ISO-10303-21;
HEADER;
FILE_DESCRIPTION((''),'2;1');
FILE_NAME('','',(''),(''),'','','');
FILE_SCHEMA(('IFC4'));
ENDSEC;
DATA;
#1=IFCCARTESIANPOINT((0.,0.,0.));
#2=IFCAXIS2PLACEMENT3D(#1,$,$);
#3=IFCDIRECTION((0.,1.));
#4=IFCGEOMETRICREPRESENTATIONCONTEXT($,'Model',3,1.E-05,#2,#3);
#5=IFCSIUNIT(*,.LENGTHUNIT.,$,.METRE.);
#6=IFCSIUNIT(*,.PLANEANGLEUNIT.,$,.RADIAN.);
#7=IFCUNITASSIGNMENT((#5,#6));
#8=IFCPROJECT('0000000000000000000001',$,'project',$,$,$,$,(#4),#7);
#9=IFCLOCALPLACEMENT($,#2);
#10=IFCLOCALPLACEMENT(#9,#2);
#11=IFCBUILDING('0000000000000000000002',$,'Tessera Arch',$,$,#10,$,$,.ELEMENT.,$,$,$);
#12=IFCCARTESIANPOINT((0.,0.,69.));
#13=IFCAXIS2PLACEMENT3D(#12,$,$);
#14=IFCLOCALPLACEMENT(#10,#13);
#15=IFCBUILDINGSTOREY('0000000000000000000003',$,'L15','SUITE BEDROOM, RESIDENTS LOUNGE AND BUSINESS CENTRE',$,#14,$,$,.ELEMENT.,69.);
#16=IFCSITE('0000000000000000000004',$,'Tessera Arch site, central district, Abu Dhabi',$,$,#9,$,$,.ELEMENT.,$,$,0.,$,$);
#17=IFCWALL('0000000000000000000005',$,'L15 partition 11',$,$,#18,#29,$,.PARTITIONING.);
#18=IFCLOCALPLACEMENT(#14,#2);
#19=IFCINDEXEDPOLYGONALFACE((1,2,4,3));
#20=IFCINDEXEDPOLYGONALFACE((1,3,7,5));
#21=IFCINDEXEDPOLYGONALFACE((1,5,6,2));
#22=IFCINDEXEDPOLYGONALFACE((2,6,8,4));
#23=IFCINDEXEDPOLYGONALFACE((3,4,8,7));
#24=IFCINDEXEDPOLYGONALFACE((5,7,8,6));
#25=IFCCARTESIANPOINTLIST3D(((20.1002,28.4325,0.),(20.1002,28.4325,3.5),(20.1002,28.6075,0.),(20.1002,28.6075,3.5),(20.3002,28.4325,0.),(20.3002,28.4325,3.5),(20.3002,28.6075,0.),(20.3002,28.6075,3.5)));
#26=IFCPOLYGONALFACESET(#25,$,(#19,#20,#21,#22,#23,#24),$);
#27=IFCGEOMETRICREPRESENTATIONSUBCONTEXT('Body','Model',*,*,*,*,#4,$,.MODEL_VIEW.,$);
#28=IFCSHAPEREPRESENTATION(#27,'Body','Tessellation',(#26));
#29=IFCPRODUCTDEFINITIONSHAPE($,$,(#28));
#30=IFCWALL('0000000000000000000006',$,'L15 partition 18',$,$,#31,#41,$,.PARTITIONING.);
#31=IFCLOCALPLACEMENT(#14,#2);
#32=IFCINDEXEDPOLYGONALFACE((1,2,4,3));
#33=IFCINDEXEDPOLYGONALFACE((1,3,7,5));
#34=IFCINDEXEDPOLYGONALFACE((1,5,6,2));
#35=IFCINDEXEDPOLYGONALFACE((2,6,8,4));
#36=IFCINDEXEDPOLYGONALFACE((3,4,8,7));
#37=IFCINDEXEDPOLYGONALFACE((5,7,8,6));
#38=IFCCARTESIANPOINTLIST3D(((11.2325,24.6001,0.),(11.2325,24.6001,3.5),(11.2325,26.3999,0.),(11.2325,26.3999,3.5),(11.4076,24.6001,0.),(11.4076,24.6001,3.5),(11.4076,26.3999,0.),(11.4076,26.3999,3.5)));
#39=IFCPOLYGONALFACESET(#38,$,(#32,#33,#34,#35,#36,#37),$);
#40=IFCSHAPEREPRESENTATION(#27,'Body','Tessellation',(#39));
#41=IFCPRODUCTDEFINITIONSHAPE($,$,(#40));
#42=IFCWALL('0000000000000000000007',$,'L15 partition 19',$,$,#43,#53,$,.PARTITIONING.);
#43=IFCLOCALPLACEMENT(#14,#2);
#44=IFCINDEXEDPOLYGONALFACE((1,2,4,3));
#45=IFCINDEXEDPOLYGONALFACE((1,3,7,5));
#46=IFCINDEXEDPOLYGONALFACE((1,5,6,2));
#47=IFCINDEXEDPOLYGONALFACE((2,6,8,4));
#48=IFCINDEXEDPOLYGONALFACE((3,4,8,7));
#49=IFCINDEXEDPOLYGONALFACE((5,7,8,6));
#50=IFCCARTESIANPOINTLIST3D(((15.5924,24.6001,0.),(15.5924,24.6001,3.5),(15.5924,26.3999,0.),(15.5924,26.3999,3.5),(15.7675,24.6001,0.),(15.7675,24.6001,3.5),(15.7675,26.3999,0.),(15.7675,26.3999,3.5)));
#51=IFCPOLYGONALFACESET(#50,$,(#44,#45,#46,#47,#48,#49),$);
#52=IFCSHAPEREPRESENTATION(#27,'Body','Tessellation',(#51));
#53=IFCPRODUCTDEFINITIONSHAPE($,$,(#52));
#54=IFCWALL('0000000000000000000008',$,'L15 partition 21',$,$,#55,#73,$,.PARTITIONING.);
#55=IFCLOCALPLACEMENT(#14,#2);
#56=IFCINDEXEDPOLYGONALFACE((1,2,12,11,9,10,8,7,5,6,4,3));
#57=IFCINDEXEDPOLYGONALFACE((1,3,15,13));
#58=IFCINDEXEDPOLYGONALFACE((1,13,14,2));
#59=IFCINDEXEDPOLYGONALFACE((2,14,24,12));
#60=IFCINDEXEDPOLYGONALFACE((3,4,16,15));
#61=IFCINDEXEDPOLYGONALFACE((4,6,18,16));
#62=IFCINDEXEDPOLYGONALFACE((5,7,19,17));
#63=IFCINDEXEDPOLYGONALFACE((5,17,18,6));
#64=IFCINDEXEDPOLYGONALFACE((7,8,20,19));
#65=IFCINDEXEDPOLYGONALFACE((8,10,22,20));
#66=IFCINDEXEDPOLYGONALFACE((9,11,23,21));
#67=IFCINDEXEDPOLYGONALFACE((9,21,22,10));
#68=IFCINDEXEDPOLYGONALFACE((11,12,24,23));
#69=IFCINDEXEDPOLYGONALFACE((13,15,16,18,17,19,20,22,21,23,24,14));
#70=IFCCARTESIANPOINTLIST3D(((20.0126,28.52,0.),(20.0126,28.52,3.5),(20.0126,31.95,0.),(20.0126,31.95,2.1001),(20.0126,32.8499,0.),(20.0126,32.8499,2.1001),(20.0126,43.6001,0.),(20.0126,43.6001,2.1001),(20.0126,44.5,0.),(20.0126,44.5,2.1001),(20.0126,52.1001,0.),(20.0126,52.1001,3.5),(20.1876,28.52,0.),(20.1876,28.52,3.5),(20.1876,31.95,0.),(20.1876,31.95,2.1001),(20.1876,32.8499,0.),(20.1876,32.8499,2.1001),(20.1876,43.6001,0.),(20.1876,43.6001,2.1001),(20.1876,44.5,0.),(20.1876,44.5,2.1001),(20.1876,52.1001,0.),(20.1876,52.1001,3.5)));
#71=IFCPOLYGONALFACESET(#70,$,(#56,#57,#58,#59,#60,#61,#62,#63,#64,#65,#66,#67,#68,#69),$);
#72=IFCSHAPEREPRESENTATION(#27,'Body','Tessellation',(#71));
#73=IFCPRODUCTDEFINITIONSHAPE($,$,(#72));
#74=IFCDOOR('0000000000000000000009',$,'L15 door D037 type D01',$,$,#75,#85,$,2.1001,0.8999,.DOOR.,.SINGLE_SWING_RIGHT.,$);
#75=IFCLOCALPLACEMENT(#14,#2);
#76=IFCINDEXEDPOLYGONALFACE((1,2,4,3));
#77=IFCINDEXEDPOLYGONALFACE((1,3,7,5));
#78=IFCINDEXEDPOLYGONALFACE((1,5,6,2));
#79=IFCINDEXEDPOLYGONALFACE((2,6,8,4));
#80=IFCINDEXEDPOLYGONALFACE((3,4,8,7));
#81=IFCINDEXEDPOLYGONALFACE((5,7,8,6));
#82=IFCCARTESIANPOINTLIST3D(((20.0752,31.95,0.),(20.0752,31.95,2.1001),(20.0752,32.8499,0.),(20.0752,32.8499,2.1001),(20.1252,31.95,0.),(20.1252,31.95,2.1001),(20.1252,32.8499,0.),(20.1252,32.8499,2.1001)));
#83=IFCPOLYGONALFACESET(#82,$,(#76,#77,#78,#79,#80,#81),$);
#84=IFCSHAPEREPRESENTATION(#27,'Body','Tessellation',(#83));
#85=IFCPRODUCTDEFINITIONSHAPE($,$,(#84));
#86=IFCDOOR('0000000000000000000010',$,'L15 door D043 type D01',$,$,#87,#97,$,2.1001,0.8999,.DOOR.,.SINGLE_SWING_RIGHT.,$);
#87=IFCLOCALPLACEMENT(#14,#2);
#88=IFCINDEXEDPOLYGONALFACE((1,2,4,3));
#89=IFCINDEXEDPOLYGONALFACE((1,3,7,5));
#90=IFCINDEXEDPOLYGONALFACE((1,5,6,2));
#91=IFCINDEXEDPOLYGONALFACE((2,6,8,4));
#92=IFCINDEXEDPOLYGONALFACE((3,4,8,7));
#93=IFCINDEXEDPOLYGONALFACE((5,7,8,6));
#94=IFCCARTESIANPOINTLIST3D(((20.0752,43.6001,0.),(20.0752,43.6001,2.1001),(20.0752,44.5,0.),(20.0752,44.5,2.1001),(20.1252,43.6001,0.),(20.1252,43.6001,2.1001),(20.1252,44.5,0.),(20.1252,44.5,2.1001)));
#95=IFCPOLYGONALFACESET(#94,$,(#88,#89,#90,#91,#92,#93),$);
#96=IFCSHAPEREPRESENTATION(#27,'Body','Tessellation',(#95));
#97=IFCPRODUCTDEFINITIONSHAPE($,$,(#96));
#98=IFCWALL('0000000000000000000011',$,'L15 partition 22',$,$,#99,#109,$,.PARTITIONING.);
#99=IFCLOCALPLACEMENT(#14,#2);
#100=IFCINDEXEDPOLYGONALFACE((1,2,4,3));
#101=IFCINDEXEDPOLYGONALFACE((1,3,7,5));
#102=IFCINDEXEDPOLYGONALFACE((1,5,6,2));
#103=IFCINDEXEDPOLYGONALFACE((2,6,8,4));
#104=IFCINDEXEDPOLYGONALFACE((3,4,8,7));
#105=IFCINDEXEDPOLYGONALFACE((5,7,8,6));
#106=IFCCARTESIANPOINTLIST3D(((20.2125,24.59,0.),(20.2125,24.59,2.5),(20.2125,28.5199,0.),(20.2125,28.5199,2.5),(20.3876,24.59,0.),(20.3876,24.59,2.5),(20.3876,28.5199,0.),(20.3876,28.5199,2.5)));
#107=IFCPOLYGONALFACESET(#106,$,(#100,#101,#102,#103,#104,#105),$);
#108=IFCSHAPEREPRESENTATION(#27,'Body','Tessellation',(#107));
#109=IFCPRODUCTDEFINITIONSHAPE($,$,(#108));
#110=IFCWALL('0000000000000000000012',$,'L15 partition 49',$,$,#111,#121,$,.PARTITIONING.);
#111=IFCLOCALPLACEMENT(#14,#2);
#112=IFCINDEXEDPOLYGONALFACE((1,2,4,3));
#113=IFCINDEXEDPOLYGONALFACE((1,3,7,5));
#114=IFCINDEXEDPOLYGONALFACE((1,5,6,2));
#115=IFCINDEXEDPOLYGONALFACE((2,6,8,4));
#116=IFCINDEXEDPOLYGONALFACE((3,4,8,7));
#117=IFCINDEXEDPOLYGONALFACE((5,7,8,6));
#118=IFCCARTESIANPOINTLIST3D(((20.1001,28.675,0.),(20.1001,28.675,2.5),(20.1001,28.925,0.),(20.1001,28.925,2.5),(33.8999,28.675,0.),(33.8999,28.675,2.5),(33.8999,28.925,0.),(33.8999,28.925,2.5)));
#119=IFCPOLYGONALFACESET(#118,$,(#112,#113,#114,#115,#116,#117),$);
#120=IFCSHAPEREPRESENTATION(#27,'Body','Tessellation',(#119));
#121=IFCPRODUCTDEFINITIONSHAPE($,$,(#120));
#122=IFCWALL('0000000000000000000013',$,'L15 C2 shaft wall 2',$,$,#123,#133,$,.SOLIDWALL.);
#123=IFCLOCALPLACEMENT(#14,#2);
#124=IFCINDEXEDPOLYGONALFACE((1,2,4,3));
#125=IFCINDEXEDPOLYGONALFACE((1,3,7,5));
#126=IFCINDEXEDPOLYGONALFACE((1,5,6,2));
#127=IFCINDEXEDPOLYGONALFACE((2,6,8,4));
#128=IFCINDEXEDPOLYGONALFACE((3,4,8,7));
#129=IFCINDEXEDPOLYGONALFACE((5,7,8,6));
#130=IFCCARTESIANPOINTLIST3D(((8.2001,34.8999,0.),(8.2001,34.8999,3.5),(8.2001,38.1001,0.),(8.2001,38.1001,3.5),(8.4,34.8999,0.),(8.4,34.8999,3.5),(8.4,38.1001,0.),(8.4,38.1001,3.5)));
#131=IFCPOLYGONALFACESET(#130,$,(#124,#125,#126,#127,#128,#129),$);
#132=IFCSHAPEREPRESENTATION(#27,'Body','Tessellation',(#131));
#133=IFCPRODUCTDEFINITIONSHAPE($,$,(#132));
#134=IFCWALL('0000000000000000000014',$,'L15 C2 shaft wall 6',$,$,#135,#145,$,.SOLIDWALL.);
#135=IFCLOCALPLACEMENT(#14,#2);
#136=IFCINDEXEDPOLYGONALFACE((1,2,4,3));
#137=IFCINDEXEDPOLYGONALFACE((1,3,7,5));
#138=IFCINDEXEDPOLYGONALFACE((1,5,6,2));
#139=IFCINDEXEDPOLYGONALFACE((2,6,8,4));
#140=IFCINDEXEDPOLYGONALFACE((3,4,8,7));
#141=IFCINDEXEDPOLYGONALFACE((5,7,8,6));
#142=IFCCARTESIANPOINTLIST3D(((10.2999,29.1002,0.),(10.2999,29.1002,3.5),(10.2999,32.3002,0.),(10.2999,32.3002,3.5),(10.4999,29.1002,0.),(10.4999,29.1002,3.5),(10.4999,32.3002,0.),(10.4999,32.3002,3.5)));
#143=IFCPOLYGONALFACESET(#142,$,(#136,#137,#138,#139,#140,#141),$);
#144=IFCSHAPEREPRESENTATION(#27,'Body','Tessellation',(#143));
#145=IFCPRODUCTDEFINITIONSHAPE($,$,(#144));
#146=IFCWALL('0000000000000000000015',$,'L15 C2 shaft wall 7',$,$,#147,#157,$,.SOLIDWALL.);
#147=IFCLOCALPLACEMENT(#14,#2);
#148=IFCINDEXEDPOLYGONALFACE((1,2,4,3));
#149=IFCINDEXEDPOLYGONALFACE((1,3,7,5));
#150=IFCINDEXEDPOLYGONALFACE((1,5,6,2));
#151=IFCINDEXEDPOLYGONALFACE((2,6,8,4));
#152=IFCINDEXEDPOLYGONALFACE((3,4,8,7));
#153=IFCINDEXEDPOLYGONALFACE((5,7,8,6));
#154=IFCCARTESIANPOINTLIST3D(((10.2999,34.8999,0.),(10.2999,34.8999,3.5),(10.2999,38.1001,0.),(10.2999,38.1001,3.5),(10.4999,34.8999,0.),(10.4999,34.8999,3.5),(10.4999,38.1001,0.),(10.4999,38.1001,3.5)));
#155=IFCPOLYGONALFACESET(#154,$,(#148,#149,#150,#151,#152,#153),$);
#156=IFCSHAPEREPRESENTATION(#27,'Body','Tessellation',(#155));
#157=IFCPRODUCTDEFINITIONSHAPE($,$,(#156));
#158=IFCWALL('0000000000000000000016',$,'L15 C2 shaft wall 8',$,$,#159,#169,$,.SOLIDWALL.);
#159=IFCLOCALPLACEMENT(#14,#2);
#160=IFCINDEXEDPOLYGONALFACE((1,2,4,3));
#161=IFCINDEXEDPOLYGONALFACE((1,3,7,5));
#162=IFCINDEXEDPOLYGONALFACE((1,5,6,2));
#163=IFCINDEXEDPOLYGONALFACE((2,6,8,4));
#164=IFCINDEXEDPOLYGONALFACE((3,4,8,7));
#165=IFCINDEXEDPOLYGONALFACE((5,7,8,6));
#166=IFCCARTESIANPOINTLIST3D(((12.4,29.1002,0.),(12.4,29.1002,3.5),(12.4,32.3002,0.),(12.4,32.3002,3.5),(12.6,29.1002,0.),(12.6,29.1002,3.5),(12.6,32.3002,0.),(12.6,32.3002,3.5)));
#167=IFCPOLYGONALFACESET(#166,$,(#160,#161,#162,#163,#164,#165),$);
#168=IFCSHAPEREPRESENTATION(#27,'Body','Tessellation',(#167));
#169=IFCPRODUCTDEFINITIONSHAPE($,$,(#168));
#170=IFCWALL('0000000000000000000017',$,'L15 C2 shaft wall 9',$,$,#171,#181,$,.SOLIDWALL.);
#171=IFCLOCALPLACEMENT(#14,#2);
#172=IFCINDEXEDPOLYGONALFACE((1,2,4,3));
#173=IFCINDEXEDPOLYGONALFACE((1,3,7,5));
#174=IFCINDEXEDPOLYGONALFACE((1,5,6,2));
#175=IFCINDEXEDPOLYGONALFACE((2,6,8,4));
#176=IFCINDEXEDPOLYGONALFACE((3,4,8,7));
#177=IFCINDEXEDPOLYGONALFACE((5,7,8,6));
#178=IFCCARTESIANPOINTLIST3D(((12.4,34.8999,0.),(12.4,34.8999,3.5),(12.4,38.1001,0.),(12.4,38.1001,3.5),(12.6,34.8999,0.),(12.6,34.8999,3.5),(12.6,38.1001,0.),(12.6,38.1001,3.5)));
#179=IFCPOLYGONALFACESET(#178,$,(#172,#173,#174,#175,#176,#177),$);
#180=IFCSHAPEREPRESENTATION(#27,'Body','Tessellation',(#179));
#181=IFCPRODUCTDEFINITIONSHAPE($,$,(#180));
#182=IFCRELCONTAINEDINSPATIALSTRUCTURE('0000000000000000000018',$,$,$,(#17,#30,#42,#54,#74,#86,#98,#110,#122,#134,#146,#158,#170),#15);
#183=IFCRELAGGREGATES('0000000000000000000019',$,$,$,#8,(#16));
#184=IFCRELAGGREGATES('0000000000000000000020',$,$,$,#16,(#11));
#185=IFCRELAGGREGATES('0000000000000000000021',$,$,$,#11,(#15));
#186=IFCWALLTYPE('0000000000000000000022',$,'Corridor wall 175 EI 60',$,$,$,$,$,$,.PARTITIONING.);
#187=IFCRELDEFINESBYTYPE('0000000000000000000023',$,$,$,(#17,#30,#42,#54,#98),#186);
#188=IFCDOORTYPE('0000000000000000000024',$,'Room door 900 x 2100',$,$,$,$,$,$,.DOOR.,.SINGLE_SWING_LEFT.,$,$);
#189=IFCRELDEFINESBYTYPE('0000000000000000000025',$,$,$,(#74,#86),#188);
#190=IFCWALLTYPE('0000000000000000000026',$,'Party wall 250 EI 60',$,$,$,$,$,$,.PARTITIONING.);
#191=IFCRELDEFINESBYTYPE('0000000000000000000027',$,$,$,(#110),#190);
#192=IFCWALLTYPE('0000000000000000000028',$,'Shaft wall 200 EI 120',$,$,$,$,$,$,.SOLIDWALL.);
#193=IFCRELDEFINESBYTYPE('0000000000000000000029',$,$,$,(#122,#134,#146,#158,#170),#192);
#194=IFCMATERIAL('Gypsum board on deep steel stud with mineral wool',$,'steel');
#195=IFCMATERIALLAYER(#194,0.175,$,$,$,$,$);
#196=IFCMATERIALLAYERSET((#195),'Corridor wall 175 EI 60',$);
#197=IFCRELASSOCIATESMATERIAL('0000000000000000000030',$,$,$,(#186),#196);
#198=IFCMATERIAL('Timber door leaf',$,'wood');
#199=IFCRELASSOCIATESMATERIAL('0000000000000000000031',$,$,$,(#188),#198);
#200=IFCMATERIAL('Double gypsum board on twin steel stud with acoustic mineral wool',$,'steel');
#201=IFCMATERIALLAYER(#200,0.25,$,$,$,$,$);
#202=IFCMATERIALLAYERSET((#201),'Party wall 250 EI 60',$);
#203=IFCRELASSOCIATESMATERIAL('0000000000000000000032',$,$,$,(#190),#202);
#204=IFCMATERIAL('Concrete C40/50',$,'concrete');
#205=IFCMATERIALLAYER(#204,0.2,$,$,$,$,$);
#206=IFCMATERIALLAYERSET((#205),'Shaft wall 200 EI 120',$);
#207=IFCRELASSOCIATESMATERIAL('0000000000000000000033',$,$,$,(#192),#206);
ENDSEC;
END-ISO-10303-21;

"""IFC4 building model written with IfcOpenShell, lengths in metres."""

from ifc_helpers import new_model, si_unit, direction, frame, frame_2d, origin, place, context, subcontext, project, spatial, rectangle, extrude, material, layer, layer_set, type_object, element, fill, save


model = new_model("IFC4")

# Units and contexts
model_context = context("Model", 3, precision=1e-05, world=origin(), true_north=direction((0.0, 1.0)))
body_context = subcontext(model_context, "Body", "Model", "MODEL_VIEW")
ifc_project = project(units=[si_unit("LENGTHUNIT", "METRE"), si_unit("PLANEANGLEUNIT", "RADIAN")], contexts=[model_context])

# Site, building, storey
site_placement = place(None, origin())
site = spatial("IfcSite", under=ifc_project, at=site_placement, Name="Tessera Arch site, central district, Abu Dhabi", CompositionType="ELEMENT", RefElevation=0.0)
building_placement = place(site_placement, origin())
building = spatial("IfcBuilding", under=site, at=building_placement, Name="Tessera Arch", CompositionType="ELEMENT")
storey_placement = place(building_placement, frame((0.0, 0.0, 69.0)))
storey = spatial("IfcBuildingStorey", under=building, at=storey_placement, Name="L15", Description="SUITE BEDROOM, RESIDENTS LOUNGE AND BUSINESS CENTRE", CompositionType="ELEMENT", Elevation=69.0)

# Shared definitions
ifc_material_1 = material(Name="Gypsum board on deep steel stud with mineral wool", Category="steel")
ifc_layer_1 = layer(ifc_material_1, 0.175)
ifc_layer_set_1 = layer_set([ifc_layer_1], Name="Corridor wall 175 EI 60")
wall_type_1 = type_object("IfcWallType", Name="Corridor wall 175 EI 60", PredefinedType="PARTITIONING", material=ifc_layer_set_1)

# Walls
wall_1_placement = place(storey_placement, frame((20.1001, 28.52, 0.0), z_axis=(0.0, 0.0, 1.0), x_axis=(1.0, 0.0, 0.0)))
element("IfcWall", 1, at=wall_1_placement, inside=storey, type_object=wall_type_1, Name="L15 partition 11", PredefinedType="PARTITIONING", context=body_context, shape_type="SweptSolid", body=[
    extrude(rectangle(XDim=0.2, YDim=0.175, at=frame_2d((0.1001, 0.0))), origin(), (0.0, 0.0, 1.0), 3.5),
])
for number, where, z_axis, x_axis, name in (
    (2, (11.3201, 24.6001, 0.0), (0.0, 0.0, 1.0), (0.0, 1.0, 0.0), "L15 partition 18"),
    (3, (15.6799, 24.6001, 0.0), (0.0, 0.0, 1.0), (0.0, 1.0, 0.0), "L15 partition 19"),
):
    element("IfcWall", number, at=place(storey_placement, frame(where, z_axis=z_axis, x_axis=x_axis)), inside=storey, type_object=wall_type_1, Name=name, PredefinedType="PARTITIONING", context=body_context, shape_type="SweptSolid", body=[
        extrude(rectangle(XDim=1.7998, YDim=0.175, at=frame_2d((0.8999, 0.0))), origin(), (0.0, 0.0, 1.0), 3.5),
    ])

# Wall, openings, doors
wall_2_placement = place(storey_placement, frame((20.1001, 28.52, 0.0), z_axis=(0.0, 0.0, 1.0), x_axis=(0.0, 1.0, 0.0)))
wall_2 = element("IfcWall", 4, at=wall_2_placement, inside=storey, type_object=wall_type_1, Name="L15 partition 21", PredefinedType="PARTITIONING", context=body_context, shape_type="SweptSolid", body=[
    extrude(rectangle(XDim=23.5801, YDim=0.175, at=frame_2d((11.79, 0.0))), origin(), (0.0, 0.0, 1.0), 3.5),
])
opening_1_placement = place(wall_2_placement, frame((3.4299, 0.0, 0.0)))
opening_1 = element("IfcOpeningElement", 5, at=opening_1_placement, cuts=wall_2, PredefinedType="OPENING", context=body_context, shape_type="SweptSolid", body=[
    extrude(rectangle(XDim=0.8999, YDim=2.1001, at=frame_2d((0.45, 1.05))), frame((0.0, 0.0974, 0.0), z_axis=(0.0, -1.0, 0.0), x_axis=(1.0, 0.0, 0.0)), (0.0, 0.0, 1.0), 0.1951),
])
opening_2_placement = place(wall_2_placement, frame((15.0801, 0.0, 0.0)))
opening_2 = element("IfcOpeningElement", 6, at=opening_2_placement, cuts=wall_2, PredefinedType="OPENING", context=body_context, shape_type="SweptSolid", body=[
    extrude(rectangle(XDim=0.8999, YDim=2.1001, at=frame_2d((0.45, 1.05))), frame((0.0, 0.0974, 0.0), z_axis=(0.0, -1.0, 0.0), x_axis=(1.0, 0.0, 0.0)), (0.0, 0.0, 1.0), 0.1951),
])
ifc_material_2 = material(Name="Timber door leaf", Category="wood")
door_type_1 = type_object("IfcDoorType", Name="Room door 900 x 2100", OperationType="SINGLE_SWING_LEFT", PredefinedType="DOOR", material=ifc_material_2)
door_1_placement = place(opening_1_placement, origin())
door_1 = element("IfcDoor", 7, at=door_1_placement, inside=storey, type_object=door_type_1, Name="L15 door D037 type D01", OperationType="SINGLE_SWING_RIGHT", OverallHeight=2.1001, OverallWidth=0.8999, PredefinedType="DOOR", context=body_context, shape_type="SweptSolid", body=[
    extrude(rectangle(XDim=0.8999, YDim=2.1001, at=frame_2d((0.45, 1.05))), frame((0.0, 0.0249, 0.0), z_axis=(0.0, -1.0, 0.0), x_axis=(1.0, 0.0, 0.0)), (0.0, 0.0, 1.0), 0.05),
])
fill(opening_1, door_1)
door_2_placement = place(opening_2_placement, origin())
door_2 = element("IfcDoor", 8, at=door_2_placement, inside=storey, type_object=door_type_1, Name="L15 door D043 type D01", OperationType="SINGLE_SWING_RIGHT", OverallHeight=2.1001, OverallWidth=0.8999, PredefinedType="DOOR", context=body_context, shape_type="SweptSolid", body=[
    extrude(rectangle(XDim=0.8999, YDim=2.1001, at=frame_2d((0.45, 1.05))), frame((0.0, 0.0249, 0.0), z_axis=(0.0, -1.0, 0.0), x_axis=(1.0, 0.0, 0.0)), (0.0, 0.0, 1.0), 0.05),
])
fill(opening_2, door_2)

# Walls
wall_3_placement = place(storey_placement, frame((20.3, 24.5901, 0.0), z_axis=(0.0, 0.0, 1.0), x_axis=(0.0, 1.0, 0.0)))
element("IfcWall", 9, at=wall_3_placement, inside=storey, type_object=wall_type_1, Name="L15 partition 22", PredefinedType="PARTITIONING", context=body_context, shape_type="SweptSolid", body=[
    extrude(rectangle(XDim=3.9299, YDim=0.175, at=frame_2d((1.9648, 0.0))), origin(), (0.0, 0.0, 1.0), 2.5),
])
ifc_material_3 = material(Name="Double gypsum board on twin steel stud with acoustic mineral wool", Category="steel")
ifc_layer_2 = layer(ifc_material_3, 0.25)
ifc_layer_set_2 = layer_set([ifc_layer_2], Name="Party wall 250 EI 60")
wall_type_2 = type_object("IfcWallType", Name="Party wall 250 EI 60", PredefinedType="PARTITIONING", material=ifc_layer_set_2)
wall_4_placement = place(storey_placement, frame((20.1001, 28.8, 0.0), z_axis=(0.0, 0.0, 1.0), x_axis=(1.0, 0.0, 0.0)))
element("IfcWall", 10, at=wall_4_placement, inside=storey, type_object=wall_type_2, Name="L15 partition 49", PredefinedType="PARTITIONING", context=body_context, shape_type="SweptSolid", body=[
    extrude(rectangle(XDim=13.7998, YDim=0.25, at=frame_2d((6.8999, 0.0))), origin(), (0.0, 0.0, 1.0), 2.5),
])
ifc_material_4 = material(Name="Concrete C40/50", Category="concrete")
ifc_layer_3 = layer(ifc_material_4, 0.2)
ifc_layer_set_3 = layer_set([ifc_layer_3], Name="Shaft wall 200 EI 120")
wall_type_3 = type_object("IfcWallType", Name="Shaft wall 200 EI 120", PredefinedType="SOLIDWALL", material=ifc_layer_set_3)
wall_5_placement = place(storey_placement, frame((8.3, 34.8999, 0.0), z_axis=(0.0, 0.0, 1.0), x_axis=(0.0, 1.0, 0.0)))
element("IfcWall", 11, at=wall_5_placement, inside=storey, type_object=wall_type_3, Name="L15 C2 shaft wall 2", PredefinedType="SOLIDWALL", context=body_context, shape_type="SweptSolid", body=[
    extrude(rectangle(XDim=3.2002, YDim=0.2, at=frame_2d((1.6001, 0.0))), origin(), (0.0, 0.0, 1.0), 3.5),
])
wall_6_placement = place(storey_placement, frame((10.3999, 29.1001, 0.0), z_axis=(0.0, 0.0, 1.0), x_axis=(0.0, 1.0, 0.0)))
element("IfcWall", 12, at=wall_6_placement, inside=storey, type_object=wall_type_3, Name="L15 C2 shaft wall 6", PredefinedType="SOLIDWALL", context=body_context, shape_type="SweptSolid", body=[
    extrude(rectangle(XDim=3.2, YDim=0.2, at=frame_2d((1.6001, 0.0))), origin(), (0.0, 0.0, 1.0), 3.5),
])
wall_7_placement = place(storey_placement, frame((10.3999, 34.8999, 0.0), z_axis=(0.0, 0.0, 1.0), x_axis=(0.0, 1.0, 0.0)))
element("IfcWall", 13, at=wall_7_placement, inside=storey, type_object=wall_type_3, Name="L15 C2 shaft wall 7", PredefinedType="SOLIDWALL", context=body_context, shape_type="SweptSolid", body=[
    extrude(rectangle(XDim=3.2002, YDim=0.2, at=frame_2d((1.6001, 0.0))), origin(), (0.0, 0.0, 1.0), 3.5),
])
wall_8_placement = place(storey_placement, frame((12.5, 29.1001, 0.0), z_axis=(0.0, 0.0, 1.0), x_axis=(0.0, 1.0, 0.0)))
element("IfcWall", 14, at=wall_8_placement, inside=storey, type_object=wall_type_3, Name="L15 C2 shaft wall 8", PredefinedType="SOLIDWALL", context=body_context, shape_type="SweptSolid", body=[
    extrude(rectangle(XDim=3.2, YDim=0.2, at=frame_2d((1.6001, 0.0))), origin(), (0.0, 0.0, 1.0), 3.5),
])
wall_9_placement = place(storey_placement, frame((12.5, 34.8999, 0.0), z_axis=(0.0, 0.0, 1.0), x_axis=(0.0, 1.0, 0.0)))
element("IfcWall", 15, at=wall_9_placement, inside=storey, type_object=wall_type_3, Name="L15 C2 shaft wall 9", PredefinedType="SOLIDWALL", context=body_context, shape_type="SweptSolid", body=[
    extrude(rectangle(XDim=3.2002, YDim=0.2, at=frame_2d((1.6001, 0.0))), origin(), (0.0, 0.0, 1.0), 3.5),
])

save(model, "model.ifc")
